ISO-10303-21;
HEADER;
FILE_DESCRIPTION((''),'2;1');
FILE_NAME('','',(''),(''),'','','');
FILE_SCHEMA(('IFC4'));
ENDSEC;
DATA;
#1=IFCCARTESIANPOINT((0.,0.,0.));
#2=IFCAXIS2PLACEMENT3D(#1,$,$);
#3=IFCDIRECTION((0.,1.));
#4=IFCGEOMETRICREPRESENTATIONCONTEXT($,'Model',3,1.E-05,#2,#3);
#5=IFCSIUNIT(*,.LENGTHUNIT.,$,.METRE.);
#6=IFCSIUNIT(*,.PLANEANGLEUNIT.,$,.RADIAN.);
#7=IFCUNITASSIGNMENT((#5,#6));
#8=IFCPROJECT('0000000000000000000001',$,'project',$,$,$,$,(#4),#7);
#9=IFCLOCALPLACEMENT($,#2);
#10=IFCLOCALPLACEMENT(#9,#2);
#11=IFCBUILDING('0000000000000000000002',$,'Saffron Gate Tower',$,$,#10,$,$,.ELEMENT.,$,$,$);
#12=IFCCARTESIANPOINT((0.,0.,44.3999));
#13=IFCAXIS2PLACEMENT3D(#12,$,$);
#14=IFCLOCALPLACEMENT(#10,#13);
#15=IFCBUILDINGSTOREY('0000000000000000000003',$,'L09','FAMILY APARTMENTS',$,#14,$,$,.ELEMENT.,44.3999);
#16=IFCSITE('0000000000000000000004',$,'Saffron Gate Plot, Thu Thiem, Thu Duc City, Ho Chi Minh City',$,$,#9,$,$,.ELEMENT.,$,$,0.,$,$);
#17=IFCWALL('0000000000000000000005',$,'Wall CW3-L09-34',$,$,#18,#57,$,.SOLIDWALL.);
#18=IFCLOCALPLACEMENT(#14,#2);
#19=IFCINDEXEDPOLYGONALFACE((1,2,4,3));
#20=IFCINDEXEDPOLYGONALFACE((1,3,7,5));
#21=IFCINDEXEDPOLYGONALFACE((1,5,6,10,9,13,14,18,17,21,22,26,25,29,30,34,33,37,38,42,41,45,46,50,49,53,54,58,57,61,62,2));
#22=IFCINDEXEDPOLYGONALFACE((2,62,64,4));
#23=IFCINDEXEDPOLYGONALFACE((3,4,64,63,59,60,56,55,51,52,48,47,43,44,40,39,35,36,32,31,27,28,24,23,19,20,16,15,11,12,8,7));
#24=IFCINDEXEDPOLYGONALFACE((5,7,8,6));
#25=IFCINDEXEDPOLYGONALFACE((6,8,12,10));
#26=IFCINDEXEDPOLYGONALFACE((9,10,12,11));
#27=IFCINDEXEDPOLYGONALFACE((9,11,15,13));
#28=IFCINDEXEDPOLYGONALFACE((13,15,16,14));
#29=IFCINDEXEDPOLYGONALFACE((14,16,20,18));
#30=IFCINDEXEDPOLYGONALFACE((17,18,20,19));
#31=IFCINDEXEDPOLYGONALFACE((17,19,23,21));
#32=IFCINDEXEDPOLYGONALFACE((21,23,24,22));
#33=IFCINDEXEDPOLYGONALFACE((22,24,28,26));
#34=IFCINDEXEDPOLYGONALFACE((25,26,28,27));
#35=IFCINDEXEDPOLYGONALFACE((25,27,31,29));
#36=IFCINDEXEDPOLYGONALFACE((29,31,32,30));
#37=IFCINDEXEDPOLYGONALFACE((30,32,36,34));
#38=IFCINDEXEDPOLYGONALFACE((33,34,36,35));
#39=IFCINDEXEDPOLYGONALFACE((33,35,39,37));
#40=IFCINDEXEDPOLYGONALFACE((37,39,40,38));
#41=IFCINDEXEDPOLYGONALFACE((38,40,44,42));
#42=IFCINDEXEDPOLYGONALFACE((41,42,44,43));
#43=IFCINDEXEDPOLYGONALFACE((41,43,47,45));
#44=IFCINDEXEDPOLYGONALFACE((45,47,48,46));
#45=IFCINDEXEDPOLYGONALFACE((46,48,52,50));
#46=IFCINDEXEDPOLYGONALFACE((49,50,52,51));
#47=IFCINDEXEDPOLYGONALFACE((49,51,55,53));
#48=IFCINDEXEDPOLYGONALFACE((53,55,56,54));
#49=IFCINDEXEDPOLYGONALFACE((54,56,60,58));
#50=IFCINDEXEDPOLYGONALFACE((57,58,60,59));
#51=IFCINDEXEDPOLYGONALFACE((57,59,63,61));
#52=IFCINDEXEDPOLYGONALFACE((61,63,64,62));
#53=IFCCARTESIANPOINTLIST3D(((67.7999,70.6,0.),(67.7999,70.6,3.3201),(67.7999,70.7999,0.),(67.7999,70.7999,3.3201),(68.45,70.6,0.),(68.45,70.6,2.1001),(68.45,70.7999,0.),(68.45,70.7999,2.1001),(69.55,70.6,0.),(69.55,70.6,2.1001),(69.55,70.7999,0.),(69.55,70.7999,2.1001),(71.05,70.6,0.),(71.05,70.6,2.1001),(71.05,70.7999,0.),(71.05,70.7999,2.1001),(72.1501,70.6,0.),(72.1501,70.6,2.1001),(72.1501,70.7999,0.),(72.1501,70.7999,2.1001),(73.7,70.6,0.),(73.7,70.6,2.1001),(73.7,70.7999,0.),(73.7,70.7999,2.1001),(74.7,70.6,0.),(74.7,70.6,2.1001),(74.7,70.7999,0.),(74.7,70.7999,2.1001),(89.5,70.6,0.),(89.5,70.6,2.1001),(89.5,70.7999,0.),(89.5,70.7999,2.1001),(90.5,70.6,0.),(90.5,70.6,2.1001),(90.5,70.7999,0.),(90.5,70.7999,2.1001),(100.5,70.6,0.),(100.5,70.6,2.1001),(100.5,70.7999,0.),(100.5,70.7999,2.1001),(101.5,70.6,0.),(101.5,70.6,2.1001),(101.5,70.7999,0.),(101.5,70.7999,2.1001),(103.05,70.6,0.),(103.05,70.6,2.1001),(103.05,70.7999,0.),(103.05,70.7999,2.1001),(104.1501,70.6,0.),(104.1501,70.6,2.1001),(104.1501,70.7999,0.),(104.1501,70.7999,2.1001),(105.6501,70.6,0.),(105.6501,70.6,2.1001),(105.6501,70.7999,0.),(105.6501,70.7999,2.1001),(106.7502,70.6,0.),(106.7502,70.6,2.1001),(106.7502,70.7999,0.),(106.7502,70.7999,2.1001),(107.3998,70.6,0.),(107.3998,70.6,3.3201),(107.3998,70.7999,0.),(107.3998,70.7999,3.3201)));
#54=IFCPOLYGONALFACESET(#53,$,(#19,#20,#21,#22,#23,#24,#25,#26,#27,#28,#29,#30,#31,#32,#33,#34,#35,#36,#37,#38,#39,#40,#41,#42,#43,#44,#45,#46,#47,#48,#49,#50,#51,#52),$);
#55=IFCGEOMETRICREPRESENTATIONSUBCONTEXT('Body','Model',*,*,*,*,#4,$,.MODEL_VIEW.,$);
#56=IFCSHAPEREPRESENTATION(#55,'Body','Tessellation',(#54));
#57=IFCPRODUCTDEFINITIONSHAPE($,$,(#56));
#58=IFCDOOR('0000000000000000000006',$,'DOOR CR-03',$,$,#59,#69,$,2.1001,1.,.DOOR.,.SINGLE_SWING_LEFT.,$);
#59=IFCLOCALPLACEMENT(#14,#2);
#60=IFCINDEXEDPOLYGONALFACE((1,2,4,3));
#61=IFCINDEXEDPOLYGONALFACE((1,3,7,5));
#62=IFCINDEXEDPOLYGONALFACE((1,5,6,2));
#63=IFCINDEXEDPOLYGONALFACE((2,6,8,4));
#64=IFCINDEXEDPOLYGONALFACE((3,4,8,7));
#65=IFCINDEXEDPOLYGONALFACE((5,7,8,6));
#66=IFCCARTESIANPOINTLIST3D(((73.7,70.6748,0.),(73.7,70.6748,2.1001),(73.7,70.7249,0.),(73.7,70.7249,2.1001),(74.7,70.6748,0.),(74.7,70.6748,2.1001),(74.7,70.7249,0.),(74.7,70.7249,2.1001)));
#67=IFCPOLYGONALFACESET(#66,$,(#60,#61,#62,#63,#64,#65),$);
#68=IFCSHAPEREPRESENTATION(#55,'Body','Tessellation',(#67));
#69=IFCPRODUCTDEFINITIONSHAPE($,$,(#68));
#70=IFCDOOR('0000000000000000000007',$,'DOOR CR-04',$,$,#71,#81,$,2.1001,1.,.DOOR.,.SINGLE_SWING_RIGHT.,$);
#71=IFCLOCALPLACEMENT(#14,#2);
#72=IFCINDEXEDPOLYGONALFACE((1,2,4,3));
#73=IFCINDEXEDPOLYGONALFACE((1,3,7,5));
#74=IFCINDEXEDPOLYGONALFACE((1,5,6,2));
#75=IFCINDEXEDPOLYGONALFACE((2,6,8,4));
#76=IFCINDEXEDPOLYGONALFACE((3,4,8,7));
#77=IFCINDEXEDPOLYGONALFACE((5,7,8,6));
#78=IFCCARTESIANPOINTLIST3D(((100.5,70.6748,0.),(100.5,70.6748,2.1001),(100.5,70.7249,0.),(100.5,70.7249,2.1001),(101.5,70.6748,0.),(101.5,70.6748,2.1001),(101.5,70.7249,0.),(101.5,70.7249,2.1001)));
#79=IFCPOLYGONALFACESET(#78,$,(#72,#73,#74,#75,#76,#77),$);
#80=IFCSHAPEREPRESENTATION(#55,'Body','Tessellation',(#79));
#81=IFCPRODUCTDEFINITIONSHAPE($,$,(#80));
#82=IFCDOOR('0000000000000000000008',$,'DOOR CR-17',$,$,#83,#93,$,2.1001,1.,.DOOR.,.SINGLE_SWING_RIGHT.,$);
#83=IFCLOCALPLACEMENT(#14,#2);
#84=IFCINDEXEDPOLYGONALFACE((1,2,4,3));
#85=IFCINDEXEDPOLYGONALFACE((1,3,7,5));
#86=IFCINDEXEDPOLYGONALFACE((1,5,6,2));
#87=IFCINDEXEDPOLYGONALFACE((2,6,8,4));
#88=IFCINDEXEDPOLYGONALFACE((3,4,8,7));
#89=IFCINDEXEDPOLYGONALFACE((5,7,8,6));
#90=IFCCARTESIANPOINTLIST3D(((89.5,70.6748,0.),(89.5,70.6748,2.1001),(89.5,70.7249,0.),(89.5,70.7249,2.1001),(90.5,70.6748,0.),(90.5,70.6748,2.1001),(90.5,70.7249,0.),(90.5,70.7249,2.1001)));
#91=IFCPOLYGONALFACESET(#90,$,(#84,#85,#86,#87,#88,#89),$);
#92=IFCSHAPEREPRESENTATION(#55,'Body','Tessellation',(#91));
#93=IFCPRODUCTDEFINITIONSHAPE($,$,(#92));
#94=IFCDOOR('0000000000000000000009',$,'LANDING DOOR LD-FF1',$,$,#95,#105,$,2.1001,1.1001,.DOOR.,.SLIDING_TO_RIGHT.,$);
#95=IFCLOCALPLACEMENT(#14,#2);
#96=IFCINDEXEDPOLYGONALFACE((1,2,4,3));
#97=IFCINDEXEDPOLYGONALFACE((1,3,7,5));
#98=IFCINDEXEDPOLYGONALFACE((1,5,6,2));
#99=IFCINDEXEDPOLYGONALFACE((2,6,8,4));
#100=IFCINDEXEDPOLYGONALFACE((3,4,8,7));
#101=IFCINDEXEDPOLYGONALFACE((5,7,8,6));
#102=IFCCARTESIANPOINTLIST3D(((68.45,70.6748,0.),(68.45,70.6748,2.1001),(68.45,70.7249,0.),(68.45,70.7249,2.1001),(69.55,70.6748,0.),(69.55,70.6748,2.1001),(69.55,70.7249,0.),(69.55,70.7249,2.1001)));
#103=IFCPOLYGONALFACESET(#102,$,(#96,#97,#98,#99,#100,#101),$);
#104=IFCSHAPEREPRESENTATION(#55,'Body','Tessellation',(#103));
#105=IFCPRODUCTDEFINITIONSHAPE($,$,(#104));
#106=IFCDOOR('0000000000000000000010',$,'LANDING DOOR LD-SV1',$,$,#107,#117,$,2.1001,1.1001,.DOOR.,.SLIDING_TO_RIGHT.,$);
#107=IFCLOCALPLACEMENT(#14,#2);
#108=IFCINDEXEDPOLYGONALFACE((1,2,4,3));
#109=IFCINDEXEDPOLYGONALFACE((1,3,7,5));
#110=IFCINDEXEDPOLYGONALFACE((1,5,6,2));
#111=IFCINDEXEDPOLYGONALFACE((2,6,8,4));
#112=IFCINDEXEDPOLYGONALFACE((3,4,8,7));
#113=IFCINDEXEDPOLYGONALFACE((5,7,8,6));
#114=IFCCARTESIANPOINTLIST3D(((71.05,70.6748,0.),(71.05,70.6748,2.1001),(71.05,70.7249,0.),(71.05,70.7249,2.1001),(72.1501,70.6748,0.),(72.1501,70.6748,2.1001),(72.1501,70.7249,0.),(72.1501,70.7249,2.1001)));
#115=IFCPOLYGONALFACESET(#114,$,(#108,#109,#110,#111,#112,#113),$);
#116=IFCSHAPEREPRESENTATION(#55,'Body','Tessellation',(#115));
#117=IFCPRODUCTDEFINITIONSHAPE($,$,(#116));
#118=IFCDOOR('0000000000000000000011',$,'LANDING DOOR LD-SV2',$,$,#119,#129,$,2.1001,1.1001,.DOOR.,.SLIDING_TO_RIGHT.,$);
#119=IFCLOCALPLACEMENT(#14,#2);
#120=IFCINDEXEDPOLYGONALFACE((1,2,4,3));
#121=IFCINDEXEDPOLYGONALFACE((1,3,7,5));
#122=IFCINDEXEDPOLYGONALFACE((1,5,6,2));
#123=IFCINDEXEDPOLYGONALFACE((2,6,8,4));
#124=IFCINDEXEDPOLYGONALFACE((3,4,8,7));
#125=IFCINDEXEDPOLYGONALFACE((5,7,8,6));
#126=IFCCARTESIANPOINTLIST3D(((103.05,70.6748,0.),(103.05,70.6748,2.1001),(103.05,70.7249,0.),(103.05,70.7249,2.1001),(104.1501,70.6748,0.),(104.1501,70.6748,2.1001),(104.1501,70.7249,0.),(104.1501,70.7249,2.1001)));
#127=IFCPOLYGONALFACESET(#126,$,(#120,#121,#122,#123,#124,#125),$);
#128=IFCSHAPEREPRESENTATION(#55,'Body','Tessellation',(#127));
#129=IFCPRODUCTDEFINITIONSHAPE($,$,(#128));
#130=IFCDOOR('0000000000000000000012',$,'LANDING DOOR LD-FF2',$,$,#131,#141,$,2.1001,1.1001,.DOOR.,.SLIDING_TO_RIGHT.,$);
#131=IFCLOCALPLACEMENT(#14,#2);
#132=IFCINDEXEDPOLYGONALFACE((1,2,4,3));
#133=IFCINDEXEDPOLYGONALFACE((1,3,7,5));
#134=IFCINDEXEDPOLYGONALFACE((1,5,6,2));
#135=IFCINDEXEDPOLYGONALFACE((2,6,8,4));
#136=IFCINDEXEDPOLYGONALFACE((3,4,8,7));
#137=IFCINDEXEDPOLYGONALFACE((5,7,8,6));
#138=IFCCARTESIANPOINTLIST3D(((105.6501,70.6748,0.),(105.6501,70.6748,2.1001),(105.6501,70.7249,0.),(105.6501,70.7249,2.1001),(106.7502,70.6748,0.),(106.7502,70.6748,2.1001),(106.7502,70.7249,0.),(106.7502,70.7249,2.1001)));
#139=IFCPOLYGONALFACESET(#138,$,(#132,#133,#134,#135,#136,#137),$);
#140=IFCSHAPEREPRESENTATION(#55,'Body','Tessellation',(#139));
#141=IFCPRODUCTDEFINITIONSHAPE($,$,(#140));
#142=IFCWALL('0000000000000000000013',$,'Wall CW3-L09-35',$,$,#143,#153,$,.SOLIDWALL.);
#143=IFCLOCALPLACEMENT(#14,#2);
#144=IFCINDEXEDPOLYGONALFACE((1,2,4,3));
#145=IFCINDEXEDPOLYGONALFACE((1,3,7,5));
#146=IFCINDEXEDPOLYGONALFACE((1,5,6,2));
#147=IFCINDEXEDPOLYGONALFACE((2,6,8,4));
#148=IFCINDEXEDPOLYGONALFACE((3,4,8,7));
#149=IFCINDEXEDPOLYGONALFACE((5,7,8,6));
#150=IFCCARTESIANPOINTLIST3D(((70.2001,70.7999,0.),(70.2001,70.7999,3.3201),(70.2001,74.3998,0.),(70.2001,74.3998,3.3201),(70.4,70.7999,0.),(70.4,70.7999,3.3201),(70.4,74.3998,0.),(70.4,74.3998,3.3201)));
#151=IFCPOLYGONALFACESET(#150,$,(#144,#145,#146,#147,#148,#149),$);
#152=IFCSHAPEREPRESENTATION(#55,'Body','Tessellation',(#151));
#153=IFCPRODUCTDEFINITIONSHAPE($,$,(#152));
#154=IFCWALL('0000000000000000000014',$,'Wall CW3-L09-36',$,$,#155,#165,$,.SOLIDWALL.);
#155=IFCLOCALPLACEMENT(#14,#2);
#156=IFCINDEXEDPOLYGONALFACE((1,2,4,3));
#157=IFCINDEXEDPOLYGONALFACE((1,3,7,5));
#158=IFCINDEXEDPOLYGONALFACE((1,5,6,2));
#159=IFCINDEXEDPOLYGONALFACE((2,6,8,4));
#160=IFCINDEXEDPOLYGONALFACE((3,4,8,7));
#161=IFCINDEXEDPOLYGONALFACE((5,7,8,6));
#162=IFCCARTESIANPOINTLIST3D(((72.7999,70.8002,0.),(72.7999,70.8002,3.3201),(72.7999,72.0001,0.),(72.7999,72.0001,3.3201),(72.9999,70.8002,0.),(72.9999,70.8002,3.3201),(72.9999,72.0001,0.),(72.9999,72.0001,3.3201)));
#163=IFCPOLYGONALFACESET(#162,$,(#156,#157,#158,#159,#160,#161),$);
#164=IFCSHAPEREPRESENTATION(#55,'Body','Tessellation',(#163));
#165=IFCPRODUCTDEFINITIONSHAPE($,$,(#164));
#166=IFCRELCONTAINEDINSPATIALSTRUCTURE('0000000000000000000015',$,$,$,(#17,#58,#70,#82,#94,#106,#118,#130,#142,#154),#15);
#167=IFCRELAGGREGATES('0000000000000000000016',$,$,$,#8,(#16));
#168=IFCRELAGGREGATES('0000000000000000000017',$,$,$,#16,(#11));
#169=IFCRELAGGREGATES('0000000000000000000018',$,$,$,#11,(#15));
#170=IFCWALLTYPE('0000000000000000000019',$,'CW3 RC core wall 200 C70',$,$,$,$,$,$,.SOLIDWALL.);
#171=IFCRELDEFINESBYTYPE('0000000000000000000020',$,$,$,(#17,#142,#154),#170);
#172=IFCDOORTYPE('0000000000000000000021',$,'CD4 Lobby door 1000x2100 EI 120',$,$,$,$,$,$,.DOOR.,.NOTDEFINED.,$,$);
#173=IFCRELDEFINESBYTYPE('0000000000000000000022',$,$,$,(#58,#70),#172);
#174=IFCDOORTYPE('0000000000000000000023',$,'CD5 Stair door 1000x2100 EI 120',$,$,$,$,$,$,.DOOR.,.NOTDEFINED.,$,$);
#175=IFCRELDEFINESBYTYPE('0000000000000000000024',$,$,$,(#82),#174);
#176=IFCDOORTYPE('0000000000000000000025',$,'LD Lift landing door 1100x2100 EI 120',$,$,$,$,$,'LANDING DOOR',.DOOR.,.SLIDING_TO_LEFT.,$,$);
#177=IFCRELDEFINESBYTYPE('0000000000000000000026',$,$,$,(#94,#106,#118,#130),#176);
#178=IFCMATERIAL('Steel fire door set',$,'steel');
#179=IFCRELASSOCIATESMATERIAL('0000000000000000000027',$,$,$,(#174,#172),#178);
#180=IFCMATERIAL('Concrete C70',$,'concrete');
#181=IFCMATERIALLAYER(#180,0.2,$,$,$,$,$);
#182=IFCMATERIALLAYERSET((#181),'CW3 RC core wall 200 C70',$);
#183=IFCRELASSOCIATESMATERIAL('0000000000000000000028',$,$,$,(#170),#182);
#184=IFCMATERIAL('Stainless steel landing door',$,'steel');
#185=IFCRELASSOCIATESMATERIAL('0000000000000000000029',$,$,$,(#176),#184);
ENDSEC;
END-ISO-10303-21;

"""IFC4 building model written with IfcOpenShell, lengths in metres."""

from ifc_helpers import new_model, si_unit, direction, frame, frame_2d, origin, place, context, subcontext, project, spatial, rectangle, extrude, material, layer, layer_set, type_object, element, fill, save


model = new_model("IFC4")

# Units and contexts
model_context = context("Model", 3, precision=1e-05, world=origin(), true_north=direction((0.0, 1.0)))
body_context = subcontext(model_context, "Body", "Model", "MODEL_VIEW")
ifc_project = project(units=[si_unit("LENGTHUNIT", "METRE"), si_unit("PLANEANGLEUNIT", "RADIAN")], contexts=[model_context])

# Site, building, storey
site_placement = place(None, origin())
site = spatial("IfcSite", under=ifc_project, at=site_placement, Name="Saffron Gate Plot, Thu Thiem, Thu Duc City, Ho Chi Minh City", CompositionType="ELEMENT", RefElevation=0.0)
building_placement = place(site_placement, origin())
building = spatial("IfcBuilding", under=site, at=building_placement, Name="Saffron Gate Tower", CompositionType="ELEMENT")
storey_placement = place(building_placement, frame((0.0, 0.0, 44.3999)))
storey = spatial("IfcBuildingStorey", under=building, at=storey_placement, Name="L09", Description="FAMILY APARTMENTS", CompositionType="ELEMENT", Elevation=44.3999)

# Wall, openings, doors
ifc_material_1 = material(Name="Concrete C70", Category="concrete")
ifc_material_2 = material(Name="Steel fire door set", Category="steel")
door_type_1 = type_object("IfcDoorType", Name="CD5 Stair door 1000x2100 EI 120", OperationType="NOTDEFINED", PredefinedType="DOOR", material=ifc_material_2)
ifc_layer_1 = layer(ifc_material_1, 0.2)
ifc_layer_set_1 = layer_set([ifc_layer_1], Name="CW3 RC core wall 200 C70")
wall_type_1 = type_object("IfcWallType", Name="CW3 RC core wall 200 C70", PredefinedType="SOLIDWALL", material=ifc_layer_set_1)
wall_1_placement = place(storey_placement, frame((67.8, 70.7, 0.0), z_axis=(0.0, 0.0, 1.0), x_axis=(1.0, 0.0, 0.0)))
wall_1 = element("IfcWall", 1, at=wall_1_placement, inside=storey, type_object=wall_type_1, Name="Wall CW3-L09-34", PredefinedType="SOLIDWALL", context=body_context, shape_type="SweptSolid", body=[
    extrude(rectangle(XDim=39.5999, YDim=0.2, at=frame_2d((19.7998, 0.0))), origin(), (0.0, 0.0, 1.0), 3.3201),
])
opening_1_placement = place(wall_1_placement, frame((0.6499, 0.0, 0.0)))
opening_1 = element("IfcOpeningElement", 2, at=opening_1_placement, cuts=wall_1, PredefinedType="OPENING", context=body_context, shape_type="SweptSolid", body=[
    extrude(rectangle(XDim=1.1001, YDim=2.1001, at=frame_2d((0.55, 1.05))), frame((0.0, 0.1099, 0.0), z_axis=(0.0, -1.0, 0.0), x_axis=(1.0, 0.0, 0.0)), (0.0, 0.0, 1.0), 0.22),
])
opening_2_placement = place(wall_1_placement, frame((3.25, 0.0, 0.0)))
opening_2 = element("IfcOpeningElement", 3, at=opening_2_placement, cuts=wall_1, PredefinedType="OPENING", context=body_context, shape_type="SweptSolid", body=[
    extrude(rectangle(XDim=1.1001, YDim=2.1001, at=frame_2d((0.55, 1.05))), frame((0.0, 0.1099, 0.0), z_axis=(0.0, -1.0, 0.0), x_axis=(1.0, 0.0, 0.0)), (0.0, 0.0, 1.0), 0.22),
])
opening_3_placement = place(wall_1_placement, frame((5.8999, 0.0, 0.0)))
opening_3 = element("IfcOpeningElement", 4, at=opening_3_placement, cuts=wall_1, PredefinedType="OPENING", context=body_context, shape_type="SweptSolid", body=[
    extrude(rectangle(XDim=1.0, YDim=2.1001, at=frame_2d((0.5, 1.05))), frame((0.0, 0.1099, 0.0), z_axis=(0.0, -1.0, 0.0), x_axis=(1.0, 0.0, 0.0)), (0.0, 0.0, 1.0), 0.22),
])
opening_4_placement = place(wall_1_placement, frame((21.7, 0.0, 0.0)))
opening_4 = element("IfcOpeningElement", 5, at=opening_4_placement, cuts=wall_1, PredefinedType="OPENING", context=body_context, shape_type="SweptSolid", body=[
    extrude(rectangle(XDim=1.0, YDim=2.1001, at=frame_2d((0.5, 1.05))), frame((0.0, 0.1099, 0.0), z_axis=(0.0, -1.0, 0.0), x_axis=(1.0, 0.0, 0.0)), (0.0, 0.0, 1.0), 0.22),
])
opening_5_placement = place(wall_1_placement, frame((32.7, 0.0, 0.0)))
opening_5 = element("IfcOpeningElement", 6, at=opening_5_placement, cuts=wall_1, PredefinedType="OPENING", context=body_context, shape_type="SweptSolid", body=[
    extrude(rectangle(XDim=1.0, YDim=2.1001, at=frame_2d((0.5, 1.05))), frame((0.0, 0.1099, 0.0), z_axis=(0.0, -1.0, 0.0), x_axis=(1.0, 0.0, 0.0)), (0.0, 0.0, 1.0), 0.22),
])
opening_6_placement = place(wall_1_placement, frame((35.25, 0.0, 0.0)))
opening_6 = element("IfcOpeningElement", 7, at=opening_6_placement, cuts=wall_1, PredefinedType="OPENING", context=body_context, shape_type="SweptSolid", body=[
    extrude(rectangle(XDim=1.1001, YDim=2.1001, at=frame_2d((0.55, 1.05))), frame((0.0, 0.1099, 0.0), z_axis=(0.0, -1.0, 0.0), x_axis=(1.0, 0.0, 0.0)), (0.0, 0.0, 1.0), 0.22),
])
opening_7_placement = place(wall_1_placement, frame((37.8501, 0.0, 0.0)))
opening_7 = element("IfcOpeningElement", 8, at=opening_7_placement, cuts=wall_1, PredefinedType="OPENING", context=body_context, shape_type="SweptSolid", body=[
    extrude(rectangle(XDim=1.1001, YDim=2.1001, at=frame_2d((0.55, 1.05))), frame((0.0, 0.1099, 0.0), z_axis=(0.0, -1.0, 0.0), x_axis=(1.0, 0.0, 0.0)), (0.0, 0.0, 1.0), 0.22),
])
door_type_2 = type_object("IfcDoorType", Name="CD4 Lobby door 1000x2100 EI 120", OperationType="NOTDEFINED", PredefinedType="DOOR", material=ifc_material_2)
door_1_placement = place(opening_3_placement, origin())
door_1 = element("IfcDoor", 9, at=door_1_placement, inside=storey, type_object=door_type_2, Name="DOOR CR-03", OperationType="SINGLE_SWING_LEFT", OverallHeight=2.1001, OverallWidth=1.0, PredefinedType="DOOR", context=body_context, shape_type="SweptSolid", body=[
    extrude(rectangle(XDim=1.0, YDim=2.1001, at=frame_2d((0.5, 1.05))), frame((0.0, 0.0249, 0.0), z_axis=(0.0, -1.0, 0.0), x_axis=(1.0, 0.0, 0.0)), (0.0, 0.0, 1.0), 0.05),
])
fill(opening_3, door_1)
door_2_placement = place(opening_5_placement, origin())
door_2 = element("IfcDoor", 10, at=door_2_placement, inside=storey, type_object=door_type_2, Name="DOOR CR-04", OperationType="SINGLE_SWING_RIGHT", OverallHeight=2.1001, OverallWidth=1.0, PredefinedType="DOOR", context=body_context, shape_type="SweptSolid", body=[
    extrude(rectangle(XDim=1.0, YDim=2.1001, at=frame_2d((0.5, 1.05))), frame((0.0, 0.0249, 0.0), z_axis=(0.0, -1.0, 0.0), x_axis=(1.0, 0.0, 0.0)), (0.0, 0.0, 1.0), 0.05),
])
fill(opening_5, door_2)
door_3_placement = place(opening_4_placement, origin())
door_3 = element("IfcDoor", 11, at=door_3_placement, inside=storey, type_object=door_type_1, Name="DOOR CR-17", OperationType="SINGLE_SWING_RIGHT", OverallHeight=2.1001, OverallWidth=1.0, PredefinedType="DOOR", context=body_context, shape_type="SweptSolid", body=[
    extrude(rectangle(XDim=1.0, YDim=2.1001, at=frame_2d((0.5, 1.05))), frame((0.0, 0.0249, 0.0), z_axis=(0.0, -1.0, 0.0), x_axis=(1.0, 0.0, 0.0)), (0.0, 0.0, 1.0), 0.05),
])
fill(opening_4, door_3)
ifc_material_3 = material(Name="Stainless steel landing door", Category="steel")
door_type_3 = type_object("IfcDoorType", Name="LD Lift landing door 1100x2100 EI 120", ElementType="LANDING DOOR", OperationType="SLIDING_TO_LEFT", PredefinedType="DOOR", material=ifc_material_3)
door_4_placement = place(opening_1_placement, origin())
door_4 = element("IfcDoor", 12, at=door_4_placement, inside=storey, type_object=door_type_3, Name="LANDING DOOR LD-FF1", OperationType="SLIDING_TO_RIGHT", OverallHeight=2.1001, OverallWidth=1.1001, PredefinedType="DOOR", context=body_context, shape_type="SweptSolid", body=[
    extrude(rectangle(XDim=1.1001, YDim=2.1001, at=frame_2d((0.55, 1.05))), frame((0.0, 0.0249, 0.0), z_axis=(0.0, -1.0, 0.0), x_axis=(1.0, 0.0, 0.0)), (0.0, 0.0, 1.0), 0.05),
])
fill(opening_1, door_4)
door_5_placement = place(opening_2_placement, origin())
door_5 = element("IfcDoor", 13, at=door_5_placement, inside=storey, type_object=door_type_3, Name="LANDING DOOR LD-SV1", OperationType="SLIDING_TO_RIGHT", OverallHeight=2.1001, OverallWidth=1.1001, PredefinedType="DOOR", context=body_context, shape_type="SweptSolid", body=[
    extrude(rectangle(XDim=1.1001, YDim=2.1001, at=frame_2d((0.55, 1.05))), frame((0.0, 0.0249, 0.0), z_axis=(0.0, -1.0, 0.0), x_axis=(1.0, 0.0, 0.0)), (0.0, 0.0, 1.0), 0.05),
])
fill(opening_2, door_5)
door_6_placement = place(opening_6_placement, origin())
door_6 = element("IfcDoor", 14, at=door_6_placement, inside=storey, type_object=door_type_3, Name="LANDING DOOR LD-SV2", OperationType="SLIDING_TO_RIGHT", OverallHeight=2.1001, OverallWidth=1.1001, PredefinedType="DOOR", context=body_context, shape_type="SweptSolid", body=[
    extrude(rectangle(XDim=1.1001, YDim=2.1001, at=frame_2d((0.55, 1.05))), frame((0.0, 0.0249, 0.0), z_axis=(0.0, -1.0, 0.0), x_axis=(1.0, 0.0, 0.0)), (0.0, 0.0, 1.0), 0.05),
])
fill(opening_6, door_6)
door_7_placement = place(opening_7_placement, origin())
door_7 = element("IfcDoor", 15, at=door_7_placement, inside=storey, type_object=door_type_3, Name="LANDING DOOR LD-FF2", OperationType="SLIDING_TO_RIGHT", OverallHeight=2.1001, OverallWidth=1.1001, PredefinedType="DOOR", context=body_context, shape_type="SweptSolid", body=[
    extrude(rectangle(XDim=1.1001, YDim=2.1001, at=frame_2d((0.55, 1.05))), frame((0.0, 0.0249, 0.0), z_axis=(0.0, -1.0, 0.0), x_axis=(1.0, 0.0, 0.0)), (0.0, 0.0, 1.0), 0.05),
])
fill(opening_7, door_7)

# Walls
wall_2_placement = place(storey_placement, frame((70.3, 70.8, 0.0), z_axis=(0.0, 0.0, 1.0), x_axis=(0.0, 1.0, 0.0)))
element("IfcWall", 16, at=wall_2_placement, inside=storey, type_object=wall_type_1, Name="Wall CW3-L09-35", PredefinedType="SOLIDWALL", context=body_context, shape_type="SweptSolid", body=[
    extrude(rectangle(XDim=3.5999, YDim=0.2, at=frame_2d((1.7998, 0.0))), origin(), (0.0, 0.0, 1.0), 3.3201),
])
wall_3_placement = place(storey_placement, frame((72.8999, 70.8, 0.0), z_axis=(0.0, 0.0, 1.0), x_axis=(0.0, 1.0, 0.0)))
element("IfcWall", 17, at=wall_3_placement, inside=storey, type_object=wall_type_1, Name="Wall CW3-L09-36", PredefinedType="SOLIDWALL", context=body_context, shape_type="SweptSolid", body=[
    extrude(rectangle(XDim=1.2, YDim=0.2, at=frame_2d((0.6001, 0.0))), origin(), (0.0, 0.0, 1.0), 3.3201),
])

save(model, "model.ifc")
